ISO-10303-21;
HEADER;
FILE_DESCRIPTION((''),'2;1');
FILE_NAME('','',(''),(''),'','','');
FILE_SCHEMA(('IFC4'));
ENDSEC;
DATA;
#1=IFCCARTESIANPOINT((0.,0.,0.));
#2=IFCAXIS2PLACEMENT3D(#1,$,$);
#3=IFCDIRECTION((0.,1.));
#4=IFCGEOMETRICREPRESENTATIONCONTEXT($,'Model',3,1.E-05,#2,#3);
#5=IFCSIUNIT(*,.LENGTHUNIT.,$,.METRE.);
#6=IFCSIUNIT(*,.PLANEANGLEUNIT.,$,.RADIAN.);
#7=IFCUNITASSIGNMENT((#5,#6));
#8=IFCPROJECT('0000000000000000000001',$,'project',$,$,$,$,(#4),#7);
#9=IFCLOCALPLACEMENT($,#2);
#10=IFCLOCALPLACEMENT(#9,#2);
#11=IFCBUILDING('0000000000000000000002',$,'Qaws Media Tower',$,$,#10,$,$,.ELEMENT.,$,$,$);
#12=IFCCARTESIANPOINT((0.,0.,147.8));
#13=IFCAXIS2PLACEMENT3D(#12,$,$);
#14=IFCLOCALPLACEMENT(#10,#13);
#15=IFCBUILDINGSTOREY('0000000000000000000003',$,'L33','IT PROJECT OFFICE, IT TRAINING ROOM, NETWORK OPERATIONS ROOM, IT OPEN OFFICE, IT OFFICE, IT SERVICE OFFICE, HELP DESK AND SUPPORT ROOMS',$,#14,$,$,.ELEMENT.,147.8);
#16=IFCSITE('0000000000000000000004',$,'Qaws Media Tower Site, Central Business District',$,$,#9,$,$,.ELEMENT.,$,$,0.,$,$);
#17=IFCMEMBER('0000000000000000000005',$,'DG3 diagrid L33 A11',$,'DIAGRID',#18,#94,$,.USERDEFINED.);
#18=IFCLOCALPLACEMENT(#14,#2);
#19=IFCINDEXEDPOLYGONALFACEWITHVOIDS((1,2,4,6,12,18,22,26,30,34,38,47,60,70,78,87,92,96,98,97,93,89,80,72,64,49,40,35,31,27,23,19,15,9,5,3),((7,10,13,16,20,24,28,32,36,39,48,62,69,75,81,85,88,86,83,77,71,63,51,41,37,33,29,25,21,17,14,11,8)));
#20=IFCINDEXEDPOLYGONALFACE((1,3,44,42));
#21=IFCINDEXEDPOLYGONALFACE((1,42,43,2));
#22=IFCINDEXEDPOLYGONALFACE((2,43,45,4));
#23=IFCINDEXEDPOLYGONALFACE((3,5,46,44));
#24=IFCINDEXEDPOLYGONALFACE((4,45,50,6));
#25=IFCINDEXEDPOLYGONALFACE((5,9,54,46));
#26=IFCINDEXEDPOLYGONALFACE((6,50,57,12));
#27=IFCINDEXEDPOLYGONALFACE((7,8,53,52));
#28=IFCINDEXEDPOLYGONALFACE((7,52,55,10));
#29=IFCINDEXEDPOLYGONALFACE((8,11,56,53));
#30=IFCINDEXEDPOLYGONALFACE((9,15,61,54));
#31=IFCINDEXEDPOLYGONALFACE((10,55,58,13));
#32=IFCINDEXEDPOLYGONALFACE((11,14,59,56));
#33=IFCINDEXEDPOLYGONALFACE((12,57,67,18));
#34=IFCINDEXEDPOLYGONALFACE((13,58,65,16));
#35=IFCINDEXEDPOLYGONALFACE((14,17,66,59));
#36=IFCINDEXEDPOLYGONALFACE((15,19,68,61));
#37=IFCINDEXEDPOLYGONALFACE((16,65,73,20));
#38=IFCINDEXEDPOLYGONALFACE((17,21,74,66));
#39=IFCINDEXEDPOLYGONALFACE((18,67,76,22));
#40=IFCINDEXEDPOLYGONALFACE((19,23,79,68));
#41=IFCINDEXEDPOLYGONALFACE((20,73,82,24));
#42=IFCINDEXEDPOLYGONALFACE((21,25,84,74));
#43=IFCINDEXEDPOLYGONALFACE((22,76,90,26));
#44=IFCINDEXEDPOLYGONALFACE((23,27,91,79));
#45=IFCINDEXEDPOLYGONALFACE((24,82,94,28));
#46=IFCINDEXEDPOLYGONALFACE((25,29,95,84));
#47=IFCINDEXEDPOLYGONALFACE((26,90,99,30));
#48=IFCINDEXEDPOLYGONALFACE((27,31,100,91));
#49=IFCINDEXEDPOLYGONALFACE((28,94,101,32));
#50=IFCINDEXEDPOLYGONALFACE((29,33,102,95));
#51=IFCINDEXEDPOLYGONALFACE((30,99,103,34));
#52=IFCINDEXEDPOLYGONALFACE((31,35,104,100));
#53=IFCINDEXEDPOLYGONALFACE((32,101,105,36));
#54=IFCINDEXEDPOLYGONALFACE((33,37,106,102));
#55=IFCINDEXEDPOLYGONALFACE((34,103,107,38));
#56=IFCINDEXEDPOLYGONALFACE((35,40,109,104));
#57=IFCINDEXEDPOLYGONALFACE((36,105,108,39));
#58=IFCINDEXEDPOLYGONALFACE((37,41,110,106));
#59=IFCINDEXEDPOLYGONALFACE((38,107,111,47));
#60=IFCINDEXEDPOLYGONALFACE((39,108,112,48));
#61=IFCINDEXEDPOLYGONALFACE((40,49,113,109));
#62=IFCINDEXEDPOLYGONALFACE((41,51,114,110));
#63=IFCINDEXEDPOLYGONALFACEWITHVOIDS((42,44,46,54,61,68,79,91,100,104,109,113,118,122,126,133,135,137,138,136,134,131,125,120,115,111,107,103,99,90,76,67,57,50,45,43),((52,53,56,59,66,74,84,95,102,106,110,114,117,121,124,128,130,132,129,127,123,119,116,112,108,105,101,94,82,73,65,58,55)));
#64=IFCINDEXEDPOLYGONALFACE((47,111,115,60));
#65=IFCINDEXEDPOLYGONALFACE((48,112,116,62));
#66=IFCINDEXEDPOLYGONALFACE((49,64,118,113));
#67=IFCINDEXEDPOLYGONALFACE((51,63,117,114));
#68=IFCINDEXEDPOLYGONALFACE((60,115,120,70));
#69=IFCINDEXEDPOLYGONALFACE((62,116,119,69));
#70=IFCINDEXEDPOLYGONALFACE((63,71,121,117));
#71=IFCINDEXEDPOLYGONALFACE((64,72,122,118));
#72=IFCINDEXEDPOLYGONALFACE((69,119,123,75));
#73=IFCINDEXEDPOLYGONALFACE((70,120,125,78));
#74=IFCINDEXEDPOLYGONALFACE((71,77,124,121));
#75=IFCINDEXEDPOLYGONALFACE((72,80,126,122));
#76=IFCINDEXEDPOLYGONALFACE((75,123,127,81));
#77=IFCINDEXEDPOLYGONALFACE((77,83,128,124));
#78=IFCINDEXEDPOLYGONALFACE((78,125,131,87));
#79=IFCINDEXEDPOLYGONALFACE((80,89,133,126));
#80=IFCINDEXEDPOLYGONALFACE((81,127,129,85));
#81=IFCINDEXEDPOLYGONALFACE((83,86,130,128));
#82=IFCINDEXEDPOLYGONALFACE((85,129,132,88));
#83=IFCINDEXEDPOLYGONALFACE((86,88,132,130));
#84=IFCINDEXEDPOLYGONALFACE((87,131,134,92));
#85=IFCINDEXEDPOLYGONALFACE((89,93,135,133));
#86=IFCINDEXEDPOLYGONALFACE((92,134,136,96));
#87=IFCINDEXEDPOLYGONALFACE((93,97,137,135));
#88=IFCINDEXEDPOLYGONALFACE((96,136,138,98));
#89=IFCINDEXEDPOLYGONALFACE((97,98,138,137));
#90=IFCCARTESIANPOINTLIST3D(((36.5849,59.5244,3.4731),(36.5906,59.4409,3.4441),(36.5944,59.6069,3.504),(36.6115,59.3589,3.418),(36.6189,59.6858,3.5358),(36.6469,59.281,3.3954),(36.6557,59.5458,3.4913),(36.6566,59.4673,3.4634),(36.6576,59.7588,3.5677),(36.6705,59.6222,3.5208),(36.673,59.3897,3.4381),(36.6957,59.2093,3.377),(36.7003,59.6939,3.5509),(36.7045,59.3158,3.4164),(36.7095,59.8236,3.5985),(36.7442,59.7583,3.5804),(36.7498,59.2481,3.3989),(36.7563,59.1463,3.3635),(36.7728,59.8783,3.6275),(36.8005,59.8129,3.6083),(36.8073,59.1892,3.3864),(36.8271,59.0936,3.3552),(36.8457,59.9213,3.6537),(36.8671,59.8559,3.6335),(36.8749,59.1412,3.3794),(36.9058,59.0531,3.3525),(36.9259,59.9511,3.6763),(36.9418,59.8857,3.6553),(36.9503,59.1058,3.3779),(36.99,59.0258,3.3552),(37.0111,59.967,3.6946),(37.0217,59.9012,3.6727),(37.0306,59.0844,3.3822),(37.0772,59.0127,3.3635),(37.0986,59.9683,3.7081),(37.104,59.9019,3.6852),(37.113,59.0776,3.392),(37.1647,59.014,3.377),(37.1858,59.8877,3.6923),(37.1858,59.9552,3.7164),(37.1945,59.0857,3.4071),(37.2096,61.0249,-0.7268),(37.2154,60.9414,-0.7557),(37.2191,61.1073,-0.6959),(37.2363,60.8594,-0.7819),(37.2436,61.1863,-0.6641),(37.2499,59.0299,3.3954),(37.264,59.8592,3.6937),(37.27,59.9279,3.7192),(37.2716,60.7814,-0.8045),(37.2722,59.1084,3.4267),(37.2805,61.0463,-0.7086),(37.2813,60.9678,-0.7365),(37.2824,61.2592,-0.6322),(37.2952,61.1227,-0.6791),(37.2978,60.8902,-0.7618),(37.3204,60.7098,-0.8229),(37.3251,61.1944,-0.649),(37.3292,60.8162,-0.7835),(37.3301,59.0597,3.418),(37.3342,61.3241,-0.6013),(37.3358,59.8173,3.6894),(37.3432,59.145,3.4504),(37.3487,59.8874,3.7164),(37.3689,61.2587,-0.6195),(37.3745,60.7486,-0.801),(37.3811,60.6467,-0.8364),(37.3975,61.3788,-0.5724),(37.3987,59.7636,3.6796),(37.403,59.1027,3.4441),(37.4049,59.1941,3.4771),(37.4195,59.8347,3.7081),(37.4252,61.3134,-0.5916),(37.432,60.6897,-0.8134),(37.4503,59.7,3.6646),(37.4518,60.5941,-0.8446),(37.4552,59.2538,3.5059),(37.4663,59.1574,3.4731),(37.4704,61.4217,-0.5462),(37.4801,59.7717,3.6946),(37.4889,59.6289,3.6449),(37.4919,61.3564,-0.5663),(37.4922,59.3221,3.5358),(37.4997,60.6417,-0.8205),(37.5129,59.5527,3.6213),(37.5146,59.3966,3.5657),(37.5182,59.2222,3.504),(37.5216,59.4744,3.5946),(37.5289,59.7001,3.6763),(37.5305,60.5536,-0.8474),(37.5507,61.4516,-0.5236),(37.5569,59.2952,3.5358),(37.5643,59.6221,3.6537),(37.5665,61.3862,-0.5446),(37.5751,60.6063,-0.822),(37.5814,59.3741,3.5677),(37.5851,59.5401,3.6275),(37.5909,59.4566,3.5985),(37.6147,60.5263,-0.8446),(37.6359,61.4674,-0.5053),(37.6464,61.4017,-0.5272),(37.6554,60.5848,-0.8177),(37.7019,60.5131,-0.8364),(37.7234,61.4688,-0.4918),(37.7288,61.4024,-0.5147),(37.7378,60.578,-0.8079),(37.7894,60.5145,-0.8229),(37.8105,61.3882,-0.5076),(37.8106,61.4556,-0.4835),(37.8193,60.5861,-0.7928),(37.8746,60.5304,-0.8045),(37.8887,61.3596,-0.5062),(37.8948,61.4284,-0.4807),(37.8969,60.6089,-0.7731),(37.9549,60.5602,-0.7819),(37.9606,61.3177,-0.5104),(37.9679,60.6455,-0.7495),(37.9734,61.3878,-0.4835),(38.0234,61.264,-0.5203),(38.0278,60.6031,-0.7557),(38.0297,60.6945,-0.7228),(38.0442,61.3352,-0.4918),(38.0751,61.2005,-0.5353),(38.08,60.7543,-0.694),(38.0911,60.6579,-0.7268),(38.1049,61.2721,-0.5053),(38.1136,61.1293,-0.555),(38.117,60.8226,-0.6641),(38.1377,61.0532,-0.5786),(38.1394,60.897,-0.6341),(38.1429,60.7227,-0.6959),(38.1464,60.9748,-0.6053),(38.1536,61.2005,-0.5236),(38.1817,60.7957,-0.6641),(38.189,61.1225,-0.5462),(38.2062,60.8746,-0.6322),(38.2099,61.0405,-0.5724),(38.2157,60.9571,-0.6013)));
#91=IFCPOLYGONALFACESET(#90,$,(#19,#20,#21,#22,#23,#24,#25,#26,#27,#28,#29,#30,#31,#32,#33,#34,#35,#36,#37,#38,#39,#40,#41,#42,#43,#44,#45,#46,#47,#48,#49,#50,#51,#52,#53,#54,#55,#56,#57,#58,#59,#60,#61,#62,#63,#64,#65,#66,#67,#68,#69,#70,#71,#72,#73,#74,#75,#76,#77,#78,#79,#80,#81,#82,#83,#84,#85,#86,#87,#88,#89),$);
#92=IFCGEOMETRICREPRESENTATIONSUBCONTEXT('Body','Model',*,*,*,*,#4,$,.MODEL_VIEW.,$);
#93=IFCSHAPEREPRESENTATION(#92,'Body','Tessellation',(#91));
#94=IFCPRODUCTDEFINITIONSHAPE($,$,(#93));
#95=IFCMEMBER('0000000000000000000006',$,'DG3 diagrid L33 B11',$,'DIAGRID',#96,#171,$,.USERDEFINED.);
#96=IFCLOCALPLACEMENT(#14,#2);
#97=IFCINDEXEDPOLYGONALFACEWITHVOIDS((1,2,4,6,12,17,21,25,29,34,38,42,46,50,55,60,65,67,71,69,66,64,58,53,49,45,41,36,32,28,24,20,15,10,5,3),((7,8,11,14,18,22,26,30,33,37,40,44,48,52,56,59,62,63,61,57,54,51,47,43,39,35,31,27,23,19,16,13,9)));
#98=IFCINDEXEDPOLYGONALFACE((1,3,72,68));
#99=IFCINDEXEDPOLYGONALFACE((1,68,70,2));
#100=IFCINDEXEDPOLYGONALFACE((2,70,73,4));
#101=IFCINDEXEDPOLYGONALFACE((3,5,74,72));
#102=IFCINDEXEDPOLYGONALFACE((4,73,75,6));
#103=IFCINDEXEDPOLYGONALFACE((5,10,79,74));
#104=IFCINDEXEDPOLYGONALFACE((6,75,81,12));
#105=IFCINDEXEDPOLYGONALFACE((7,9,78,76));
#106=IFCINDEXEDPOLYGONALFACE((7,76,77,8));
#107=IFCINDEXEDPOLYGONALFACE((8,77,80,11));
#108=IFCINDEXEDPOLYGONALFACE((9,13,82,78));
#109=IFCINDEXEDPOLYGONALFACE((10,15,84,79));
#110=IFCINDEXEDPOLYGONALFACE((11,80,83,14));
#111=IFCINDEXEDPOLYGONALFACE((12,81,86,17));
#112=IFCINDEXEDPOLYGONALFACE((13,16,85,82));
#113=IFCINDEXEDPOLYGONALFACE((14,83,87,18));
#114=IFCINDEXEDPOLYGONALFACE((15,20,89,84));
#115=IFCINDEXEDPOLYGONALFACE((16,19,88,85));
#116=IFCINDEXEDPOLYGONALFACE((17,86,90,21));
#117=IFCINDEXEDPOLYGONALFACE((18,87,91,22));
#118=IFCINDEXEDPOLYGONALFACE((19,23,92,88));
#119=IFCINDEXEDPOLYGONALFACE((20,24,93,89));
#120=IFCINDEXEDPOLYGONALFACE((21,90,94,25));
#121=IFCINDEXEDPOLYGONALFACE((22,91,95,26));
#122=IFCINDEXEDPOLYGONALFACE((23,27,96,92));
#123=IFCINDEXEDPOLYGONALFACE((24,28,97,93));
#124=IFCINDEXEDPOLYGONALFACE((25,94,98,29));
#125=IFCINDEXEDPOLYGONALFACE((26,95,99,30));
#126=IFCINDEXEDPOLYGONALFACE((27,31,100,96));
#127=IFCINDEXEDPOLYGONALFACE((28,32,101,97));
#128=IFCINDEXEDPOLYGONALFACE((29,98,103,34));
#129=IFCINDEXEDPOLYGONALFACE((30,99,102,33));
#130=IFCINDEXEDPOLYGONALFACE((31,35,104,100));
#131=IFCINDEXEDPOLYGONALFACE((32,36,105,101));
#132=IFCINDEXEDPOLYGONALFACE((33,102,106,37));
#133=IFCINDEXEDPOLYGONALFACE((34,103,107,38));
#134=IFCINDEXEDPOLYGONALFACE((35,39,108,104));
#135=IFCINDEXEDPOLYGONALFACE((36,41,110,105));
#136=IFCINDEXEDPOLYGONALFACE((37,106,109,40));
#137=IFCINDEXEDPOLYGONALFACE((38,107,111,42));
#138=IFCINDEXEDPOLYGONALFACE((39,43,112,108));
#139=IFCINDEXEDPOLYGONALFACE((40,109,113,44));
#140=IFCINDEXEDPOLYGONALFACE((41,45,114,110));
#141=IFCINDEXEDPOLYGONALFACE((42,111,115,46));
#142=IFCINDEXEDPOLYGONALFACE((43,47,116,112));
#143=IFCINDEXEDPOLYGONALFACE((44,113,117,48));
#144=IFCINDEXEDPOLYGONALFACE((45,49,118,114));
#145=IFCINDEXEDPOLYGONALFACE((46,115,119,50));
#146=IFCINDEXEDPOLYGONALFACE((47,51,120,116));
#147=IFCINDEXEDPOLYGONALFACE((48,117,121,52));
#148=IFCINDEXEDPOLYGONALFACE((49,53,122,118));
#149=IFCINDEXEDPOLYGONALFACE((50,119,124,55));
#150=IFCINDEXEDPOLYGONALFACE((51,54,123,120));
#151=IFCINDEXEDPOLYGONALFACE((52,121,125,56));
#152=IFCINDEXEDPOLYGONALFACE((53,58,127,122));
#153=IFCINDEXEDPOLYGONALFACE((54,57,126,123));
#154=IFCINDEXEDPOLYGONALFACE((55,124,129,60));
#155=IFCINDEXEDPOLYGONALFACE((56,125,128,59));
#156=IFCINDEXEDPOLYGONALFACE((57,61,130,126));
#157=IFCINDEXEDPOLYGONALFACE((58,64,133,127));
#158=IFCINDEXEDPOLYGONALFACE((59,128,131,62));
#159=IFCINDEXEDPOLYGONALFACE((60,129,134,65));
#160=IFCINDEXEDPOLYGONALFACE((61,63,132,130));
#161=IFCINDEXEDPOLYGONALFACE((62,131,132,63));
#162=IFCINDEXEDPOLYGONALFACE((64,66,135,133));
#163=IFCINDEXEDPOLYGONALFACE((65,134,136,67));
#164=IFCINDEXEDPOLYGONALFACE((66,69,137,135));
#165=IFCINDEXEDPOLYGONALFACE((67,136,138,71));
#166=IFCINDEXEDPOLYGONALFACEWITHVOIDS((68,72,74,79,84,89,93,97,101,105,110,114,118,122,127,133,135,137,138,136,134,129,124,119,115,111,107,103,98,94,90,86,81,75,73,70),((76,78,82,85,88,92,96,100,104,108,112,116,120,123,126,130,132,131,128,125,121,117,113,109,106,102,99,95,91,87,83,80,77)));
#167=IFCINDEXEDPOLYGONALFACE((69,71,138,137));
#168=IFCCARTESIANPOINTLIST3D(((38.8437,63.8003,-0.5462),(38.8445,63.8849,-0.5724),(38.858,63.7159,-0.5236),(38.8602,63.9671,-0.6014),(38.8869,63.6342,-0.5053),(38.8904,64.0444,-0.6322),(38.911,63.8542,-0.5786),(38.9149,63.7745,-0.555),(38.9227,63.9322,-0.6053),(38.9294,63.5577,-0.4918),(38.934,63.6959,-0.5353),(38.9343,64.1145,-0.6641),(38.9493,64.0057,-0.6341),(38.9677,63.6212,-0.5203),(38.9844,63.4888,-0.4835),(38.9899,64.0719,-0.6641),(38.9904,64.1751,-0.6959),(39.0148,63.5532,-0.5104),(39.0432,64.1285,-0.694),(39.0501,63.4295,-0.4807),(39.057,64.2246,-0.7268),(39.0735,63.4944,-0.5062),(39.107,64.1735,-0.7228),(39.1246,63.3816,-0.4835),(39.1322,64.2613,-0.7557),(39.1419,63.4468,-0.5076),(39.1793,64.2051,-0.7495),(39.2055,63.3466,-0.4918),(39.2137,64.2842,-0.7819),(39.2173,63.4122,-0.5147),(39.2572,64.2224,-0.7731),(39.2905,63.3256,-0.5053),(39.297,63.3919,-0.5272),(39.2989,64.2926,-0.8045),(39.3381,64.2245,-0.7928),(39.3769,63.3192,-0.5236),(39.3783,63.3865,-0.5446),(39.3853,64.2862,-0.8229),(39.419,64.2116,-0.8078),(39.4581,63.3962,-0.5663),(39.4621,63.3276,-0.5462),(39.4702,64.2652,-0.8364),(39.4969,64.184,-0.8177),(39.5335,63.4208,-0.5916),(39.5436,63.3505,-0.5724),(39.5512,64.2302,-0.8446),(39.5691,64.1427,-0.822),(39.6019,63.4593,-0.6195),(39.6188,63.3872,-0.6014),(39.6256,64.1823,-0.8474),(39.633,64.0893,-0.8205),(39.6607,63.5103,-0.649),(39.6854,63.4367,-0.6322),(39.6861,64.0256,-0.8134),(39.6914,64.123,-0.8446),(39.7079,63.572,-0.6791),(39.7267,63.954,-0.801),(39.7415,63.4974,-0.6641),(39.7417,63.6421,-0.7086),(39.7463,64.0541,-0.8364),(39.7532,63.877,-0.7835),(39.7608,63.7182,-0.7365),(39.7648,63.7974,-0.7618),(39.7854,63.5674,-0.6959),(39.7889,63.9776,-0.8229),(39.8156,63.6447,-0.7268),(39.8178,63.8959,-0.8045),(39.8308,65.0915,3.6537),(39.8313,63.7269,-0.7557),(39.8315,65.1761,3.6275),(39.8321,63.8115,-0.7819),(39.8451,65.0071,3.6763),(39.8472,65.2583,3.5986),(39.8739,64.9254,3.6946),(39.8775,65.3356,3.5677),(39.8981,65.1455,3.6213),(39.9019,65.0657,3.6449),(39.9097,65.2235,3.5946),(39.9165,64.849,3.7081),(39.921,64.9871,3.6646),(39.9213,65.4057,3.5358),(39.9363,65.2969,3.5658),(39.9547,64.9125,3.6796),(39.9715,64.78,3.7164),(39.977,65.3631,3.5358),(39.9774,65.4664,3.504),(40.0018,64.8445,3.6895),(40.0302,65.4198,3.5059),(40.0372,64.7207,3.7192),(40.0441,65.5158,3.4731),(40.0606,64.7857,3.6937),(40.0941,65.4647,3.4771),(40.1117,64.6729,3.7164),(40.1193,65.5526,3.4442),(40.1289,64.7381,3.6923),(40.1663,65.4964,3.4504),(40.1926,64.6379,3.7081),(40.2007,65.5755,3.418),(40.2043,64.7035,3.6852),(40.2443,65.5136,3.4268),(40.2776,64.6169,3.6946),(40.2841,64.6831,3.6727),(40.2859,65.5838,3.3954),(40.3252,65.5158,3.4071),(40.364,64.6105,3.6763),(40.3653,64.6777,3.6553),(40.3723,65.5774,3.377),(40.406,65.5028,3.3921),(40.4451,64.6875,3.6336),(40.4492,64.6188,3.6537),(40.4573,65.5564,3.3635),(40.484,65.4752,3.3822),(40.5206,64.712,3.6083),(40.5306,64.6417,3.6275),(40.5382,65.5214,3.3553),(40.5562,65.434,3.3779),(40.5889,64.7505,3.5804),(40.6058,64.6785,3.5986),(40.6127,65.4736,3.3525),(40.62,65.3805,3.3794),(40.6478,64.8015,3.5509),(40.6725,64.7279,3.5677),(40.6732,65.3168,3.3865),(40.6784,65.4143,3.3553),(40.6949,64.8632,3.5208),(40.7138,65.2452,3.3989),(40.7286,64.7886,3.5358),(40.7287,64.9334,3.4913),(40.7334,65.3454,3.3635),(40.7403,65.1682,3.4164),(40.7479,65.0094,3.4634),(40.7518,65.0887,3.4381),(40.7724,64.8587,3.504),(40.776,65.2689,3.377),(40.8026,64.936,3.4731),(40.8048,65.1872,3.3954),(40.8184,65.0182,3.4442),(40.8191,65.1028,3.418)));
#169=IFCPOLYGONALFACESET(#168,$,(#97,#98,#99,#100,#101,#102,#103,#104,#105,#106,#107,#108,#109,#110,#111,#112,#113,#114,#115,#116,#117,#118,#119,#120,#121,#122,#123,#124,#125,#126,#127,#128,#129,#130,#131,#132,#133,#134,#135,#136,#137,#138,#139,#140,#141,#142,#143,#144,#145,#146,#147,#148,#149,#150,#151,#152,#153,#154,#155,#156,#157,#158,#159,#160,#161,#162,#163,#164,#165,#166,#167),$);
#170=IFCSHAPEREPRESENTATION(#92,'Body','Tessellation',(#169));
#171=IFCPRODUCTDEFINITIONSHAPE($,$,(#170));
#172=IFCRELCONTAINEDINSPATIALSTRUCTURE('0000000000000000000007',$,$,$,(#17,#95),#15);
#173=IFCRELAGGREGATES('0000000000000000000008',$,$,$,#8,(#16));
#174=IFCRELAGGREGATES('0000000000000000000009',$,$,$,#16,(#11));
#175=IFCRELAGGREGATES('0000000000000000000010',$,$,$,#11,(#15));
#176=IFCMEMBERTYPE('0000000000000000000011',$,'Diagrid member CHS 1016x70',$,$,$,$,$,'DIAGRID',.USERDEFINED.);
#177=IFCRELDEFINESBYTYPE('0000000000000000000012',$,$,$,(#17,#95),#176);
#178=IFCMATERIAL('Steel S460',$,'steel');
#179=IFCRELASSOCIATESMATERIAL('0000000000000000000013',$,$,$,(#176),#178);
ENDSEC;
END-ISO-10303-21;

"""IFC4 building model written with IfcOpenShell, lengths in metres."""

from ifc_helpers import new_model, si_unit, direction, frame, origin, origin_2d, place, context, subcontext, project, spatial, hollow_circle, extrude, material, material_profile, profile_set, type_object, element, save


model = new_model("IFC4")

# Units and contexts
model_context = context("Model", 3, precision=1e-05, world=origin(), true_north=direction((0.0, 1.0)))
body_context = subcontext(model_context, "Body", "Model", "MODEL_VIEW")
ifc_project = project(units=[si_unit("LENGTHUNIT", "METRE"), si_unit("PLANEANGLEUNIT", "RADIAN")], contexts=[model_context])

# Site, building, storey
site_placement = place(None, origin())
site = spatial("IfcSite", under=ifc_project, at=site_placement, Name="Qaws Media Tower Site, Central Business District", CompositionType="ELEMENT", RefElevation=0.0)
building_placement = place(site_placement, origin())
building = spatial("IfcBuilding", under=site, at=building_placement, Name="Qaws Media Tower", CompositionType="ELEMENT")
storey_placement = place(building_placement, frame((0.0, 0.0, 147.8)))
storey = spatial("IfcBuildingStorey", under=building, at=storey_placement, Name="L33", Description="IT PROJECT OFFICE, IT TRAINING ROOM, NETWORK OPERATIONS ROOM, IT OPEN OFFICE, IT OFFICE, IT SERVICE OFFICE, HELP DESK AND SUPPORT ROOMS", CompositionType="ELEMENT", Elevation=147.8)

# Members
ifc_material_1 = material(Name="Steel S460", Category="steel")
ifc_material_profile_1 = material_profile(ifc_material_1, hollow_circle(Radius=0.5081, WallThickness=0.0701, at=origin_2d()), Name="CHS 1016x70")
ifc_profile_set_1 = profile_set([ifc_material_profile_1], Name="Steel S460")
member_type_1 = type_object("IfcMemberType", Name="Diagrid member CHS 1016x70", ElementType="DIAGRID", PredefinedType="USERDEFINED", material=ifc_profile_set_1)
for number, where, z_axis, x_axis, name in (
    (1, (37.7126, 60.991, -0.6641), (-0.138727, -0.333184, 0.9326), (0.923175, -0.384381, 0.0), "DG3 diagrid L33 A11"),
    (2, (39.3379, 63.8059, -0.6641), (0.219178, 0.286726, 0.932604), (-0.794469, 0.607305, 0.0), "DG3 diagrid L33 B11"),
):
    element("IfcMember", number, at=place(storey_placement, frame(where, z_axis=z_axis, x_axis=x_axis)), inside=storey, type_object=member_type_1, Name=name, ObjectType="DIAGRID", PredefinedType="USERDEFINED", context=body_context, shape_type="SweptSolid", body=[
        extrude(hollow_circle(Radius=0.5081, WallThickness=0.0701, at=origin_2d()), origin(), (0.0, 0.0, 1.0), 4.5034),
    ])

save(model, "model.ifc")
